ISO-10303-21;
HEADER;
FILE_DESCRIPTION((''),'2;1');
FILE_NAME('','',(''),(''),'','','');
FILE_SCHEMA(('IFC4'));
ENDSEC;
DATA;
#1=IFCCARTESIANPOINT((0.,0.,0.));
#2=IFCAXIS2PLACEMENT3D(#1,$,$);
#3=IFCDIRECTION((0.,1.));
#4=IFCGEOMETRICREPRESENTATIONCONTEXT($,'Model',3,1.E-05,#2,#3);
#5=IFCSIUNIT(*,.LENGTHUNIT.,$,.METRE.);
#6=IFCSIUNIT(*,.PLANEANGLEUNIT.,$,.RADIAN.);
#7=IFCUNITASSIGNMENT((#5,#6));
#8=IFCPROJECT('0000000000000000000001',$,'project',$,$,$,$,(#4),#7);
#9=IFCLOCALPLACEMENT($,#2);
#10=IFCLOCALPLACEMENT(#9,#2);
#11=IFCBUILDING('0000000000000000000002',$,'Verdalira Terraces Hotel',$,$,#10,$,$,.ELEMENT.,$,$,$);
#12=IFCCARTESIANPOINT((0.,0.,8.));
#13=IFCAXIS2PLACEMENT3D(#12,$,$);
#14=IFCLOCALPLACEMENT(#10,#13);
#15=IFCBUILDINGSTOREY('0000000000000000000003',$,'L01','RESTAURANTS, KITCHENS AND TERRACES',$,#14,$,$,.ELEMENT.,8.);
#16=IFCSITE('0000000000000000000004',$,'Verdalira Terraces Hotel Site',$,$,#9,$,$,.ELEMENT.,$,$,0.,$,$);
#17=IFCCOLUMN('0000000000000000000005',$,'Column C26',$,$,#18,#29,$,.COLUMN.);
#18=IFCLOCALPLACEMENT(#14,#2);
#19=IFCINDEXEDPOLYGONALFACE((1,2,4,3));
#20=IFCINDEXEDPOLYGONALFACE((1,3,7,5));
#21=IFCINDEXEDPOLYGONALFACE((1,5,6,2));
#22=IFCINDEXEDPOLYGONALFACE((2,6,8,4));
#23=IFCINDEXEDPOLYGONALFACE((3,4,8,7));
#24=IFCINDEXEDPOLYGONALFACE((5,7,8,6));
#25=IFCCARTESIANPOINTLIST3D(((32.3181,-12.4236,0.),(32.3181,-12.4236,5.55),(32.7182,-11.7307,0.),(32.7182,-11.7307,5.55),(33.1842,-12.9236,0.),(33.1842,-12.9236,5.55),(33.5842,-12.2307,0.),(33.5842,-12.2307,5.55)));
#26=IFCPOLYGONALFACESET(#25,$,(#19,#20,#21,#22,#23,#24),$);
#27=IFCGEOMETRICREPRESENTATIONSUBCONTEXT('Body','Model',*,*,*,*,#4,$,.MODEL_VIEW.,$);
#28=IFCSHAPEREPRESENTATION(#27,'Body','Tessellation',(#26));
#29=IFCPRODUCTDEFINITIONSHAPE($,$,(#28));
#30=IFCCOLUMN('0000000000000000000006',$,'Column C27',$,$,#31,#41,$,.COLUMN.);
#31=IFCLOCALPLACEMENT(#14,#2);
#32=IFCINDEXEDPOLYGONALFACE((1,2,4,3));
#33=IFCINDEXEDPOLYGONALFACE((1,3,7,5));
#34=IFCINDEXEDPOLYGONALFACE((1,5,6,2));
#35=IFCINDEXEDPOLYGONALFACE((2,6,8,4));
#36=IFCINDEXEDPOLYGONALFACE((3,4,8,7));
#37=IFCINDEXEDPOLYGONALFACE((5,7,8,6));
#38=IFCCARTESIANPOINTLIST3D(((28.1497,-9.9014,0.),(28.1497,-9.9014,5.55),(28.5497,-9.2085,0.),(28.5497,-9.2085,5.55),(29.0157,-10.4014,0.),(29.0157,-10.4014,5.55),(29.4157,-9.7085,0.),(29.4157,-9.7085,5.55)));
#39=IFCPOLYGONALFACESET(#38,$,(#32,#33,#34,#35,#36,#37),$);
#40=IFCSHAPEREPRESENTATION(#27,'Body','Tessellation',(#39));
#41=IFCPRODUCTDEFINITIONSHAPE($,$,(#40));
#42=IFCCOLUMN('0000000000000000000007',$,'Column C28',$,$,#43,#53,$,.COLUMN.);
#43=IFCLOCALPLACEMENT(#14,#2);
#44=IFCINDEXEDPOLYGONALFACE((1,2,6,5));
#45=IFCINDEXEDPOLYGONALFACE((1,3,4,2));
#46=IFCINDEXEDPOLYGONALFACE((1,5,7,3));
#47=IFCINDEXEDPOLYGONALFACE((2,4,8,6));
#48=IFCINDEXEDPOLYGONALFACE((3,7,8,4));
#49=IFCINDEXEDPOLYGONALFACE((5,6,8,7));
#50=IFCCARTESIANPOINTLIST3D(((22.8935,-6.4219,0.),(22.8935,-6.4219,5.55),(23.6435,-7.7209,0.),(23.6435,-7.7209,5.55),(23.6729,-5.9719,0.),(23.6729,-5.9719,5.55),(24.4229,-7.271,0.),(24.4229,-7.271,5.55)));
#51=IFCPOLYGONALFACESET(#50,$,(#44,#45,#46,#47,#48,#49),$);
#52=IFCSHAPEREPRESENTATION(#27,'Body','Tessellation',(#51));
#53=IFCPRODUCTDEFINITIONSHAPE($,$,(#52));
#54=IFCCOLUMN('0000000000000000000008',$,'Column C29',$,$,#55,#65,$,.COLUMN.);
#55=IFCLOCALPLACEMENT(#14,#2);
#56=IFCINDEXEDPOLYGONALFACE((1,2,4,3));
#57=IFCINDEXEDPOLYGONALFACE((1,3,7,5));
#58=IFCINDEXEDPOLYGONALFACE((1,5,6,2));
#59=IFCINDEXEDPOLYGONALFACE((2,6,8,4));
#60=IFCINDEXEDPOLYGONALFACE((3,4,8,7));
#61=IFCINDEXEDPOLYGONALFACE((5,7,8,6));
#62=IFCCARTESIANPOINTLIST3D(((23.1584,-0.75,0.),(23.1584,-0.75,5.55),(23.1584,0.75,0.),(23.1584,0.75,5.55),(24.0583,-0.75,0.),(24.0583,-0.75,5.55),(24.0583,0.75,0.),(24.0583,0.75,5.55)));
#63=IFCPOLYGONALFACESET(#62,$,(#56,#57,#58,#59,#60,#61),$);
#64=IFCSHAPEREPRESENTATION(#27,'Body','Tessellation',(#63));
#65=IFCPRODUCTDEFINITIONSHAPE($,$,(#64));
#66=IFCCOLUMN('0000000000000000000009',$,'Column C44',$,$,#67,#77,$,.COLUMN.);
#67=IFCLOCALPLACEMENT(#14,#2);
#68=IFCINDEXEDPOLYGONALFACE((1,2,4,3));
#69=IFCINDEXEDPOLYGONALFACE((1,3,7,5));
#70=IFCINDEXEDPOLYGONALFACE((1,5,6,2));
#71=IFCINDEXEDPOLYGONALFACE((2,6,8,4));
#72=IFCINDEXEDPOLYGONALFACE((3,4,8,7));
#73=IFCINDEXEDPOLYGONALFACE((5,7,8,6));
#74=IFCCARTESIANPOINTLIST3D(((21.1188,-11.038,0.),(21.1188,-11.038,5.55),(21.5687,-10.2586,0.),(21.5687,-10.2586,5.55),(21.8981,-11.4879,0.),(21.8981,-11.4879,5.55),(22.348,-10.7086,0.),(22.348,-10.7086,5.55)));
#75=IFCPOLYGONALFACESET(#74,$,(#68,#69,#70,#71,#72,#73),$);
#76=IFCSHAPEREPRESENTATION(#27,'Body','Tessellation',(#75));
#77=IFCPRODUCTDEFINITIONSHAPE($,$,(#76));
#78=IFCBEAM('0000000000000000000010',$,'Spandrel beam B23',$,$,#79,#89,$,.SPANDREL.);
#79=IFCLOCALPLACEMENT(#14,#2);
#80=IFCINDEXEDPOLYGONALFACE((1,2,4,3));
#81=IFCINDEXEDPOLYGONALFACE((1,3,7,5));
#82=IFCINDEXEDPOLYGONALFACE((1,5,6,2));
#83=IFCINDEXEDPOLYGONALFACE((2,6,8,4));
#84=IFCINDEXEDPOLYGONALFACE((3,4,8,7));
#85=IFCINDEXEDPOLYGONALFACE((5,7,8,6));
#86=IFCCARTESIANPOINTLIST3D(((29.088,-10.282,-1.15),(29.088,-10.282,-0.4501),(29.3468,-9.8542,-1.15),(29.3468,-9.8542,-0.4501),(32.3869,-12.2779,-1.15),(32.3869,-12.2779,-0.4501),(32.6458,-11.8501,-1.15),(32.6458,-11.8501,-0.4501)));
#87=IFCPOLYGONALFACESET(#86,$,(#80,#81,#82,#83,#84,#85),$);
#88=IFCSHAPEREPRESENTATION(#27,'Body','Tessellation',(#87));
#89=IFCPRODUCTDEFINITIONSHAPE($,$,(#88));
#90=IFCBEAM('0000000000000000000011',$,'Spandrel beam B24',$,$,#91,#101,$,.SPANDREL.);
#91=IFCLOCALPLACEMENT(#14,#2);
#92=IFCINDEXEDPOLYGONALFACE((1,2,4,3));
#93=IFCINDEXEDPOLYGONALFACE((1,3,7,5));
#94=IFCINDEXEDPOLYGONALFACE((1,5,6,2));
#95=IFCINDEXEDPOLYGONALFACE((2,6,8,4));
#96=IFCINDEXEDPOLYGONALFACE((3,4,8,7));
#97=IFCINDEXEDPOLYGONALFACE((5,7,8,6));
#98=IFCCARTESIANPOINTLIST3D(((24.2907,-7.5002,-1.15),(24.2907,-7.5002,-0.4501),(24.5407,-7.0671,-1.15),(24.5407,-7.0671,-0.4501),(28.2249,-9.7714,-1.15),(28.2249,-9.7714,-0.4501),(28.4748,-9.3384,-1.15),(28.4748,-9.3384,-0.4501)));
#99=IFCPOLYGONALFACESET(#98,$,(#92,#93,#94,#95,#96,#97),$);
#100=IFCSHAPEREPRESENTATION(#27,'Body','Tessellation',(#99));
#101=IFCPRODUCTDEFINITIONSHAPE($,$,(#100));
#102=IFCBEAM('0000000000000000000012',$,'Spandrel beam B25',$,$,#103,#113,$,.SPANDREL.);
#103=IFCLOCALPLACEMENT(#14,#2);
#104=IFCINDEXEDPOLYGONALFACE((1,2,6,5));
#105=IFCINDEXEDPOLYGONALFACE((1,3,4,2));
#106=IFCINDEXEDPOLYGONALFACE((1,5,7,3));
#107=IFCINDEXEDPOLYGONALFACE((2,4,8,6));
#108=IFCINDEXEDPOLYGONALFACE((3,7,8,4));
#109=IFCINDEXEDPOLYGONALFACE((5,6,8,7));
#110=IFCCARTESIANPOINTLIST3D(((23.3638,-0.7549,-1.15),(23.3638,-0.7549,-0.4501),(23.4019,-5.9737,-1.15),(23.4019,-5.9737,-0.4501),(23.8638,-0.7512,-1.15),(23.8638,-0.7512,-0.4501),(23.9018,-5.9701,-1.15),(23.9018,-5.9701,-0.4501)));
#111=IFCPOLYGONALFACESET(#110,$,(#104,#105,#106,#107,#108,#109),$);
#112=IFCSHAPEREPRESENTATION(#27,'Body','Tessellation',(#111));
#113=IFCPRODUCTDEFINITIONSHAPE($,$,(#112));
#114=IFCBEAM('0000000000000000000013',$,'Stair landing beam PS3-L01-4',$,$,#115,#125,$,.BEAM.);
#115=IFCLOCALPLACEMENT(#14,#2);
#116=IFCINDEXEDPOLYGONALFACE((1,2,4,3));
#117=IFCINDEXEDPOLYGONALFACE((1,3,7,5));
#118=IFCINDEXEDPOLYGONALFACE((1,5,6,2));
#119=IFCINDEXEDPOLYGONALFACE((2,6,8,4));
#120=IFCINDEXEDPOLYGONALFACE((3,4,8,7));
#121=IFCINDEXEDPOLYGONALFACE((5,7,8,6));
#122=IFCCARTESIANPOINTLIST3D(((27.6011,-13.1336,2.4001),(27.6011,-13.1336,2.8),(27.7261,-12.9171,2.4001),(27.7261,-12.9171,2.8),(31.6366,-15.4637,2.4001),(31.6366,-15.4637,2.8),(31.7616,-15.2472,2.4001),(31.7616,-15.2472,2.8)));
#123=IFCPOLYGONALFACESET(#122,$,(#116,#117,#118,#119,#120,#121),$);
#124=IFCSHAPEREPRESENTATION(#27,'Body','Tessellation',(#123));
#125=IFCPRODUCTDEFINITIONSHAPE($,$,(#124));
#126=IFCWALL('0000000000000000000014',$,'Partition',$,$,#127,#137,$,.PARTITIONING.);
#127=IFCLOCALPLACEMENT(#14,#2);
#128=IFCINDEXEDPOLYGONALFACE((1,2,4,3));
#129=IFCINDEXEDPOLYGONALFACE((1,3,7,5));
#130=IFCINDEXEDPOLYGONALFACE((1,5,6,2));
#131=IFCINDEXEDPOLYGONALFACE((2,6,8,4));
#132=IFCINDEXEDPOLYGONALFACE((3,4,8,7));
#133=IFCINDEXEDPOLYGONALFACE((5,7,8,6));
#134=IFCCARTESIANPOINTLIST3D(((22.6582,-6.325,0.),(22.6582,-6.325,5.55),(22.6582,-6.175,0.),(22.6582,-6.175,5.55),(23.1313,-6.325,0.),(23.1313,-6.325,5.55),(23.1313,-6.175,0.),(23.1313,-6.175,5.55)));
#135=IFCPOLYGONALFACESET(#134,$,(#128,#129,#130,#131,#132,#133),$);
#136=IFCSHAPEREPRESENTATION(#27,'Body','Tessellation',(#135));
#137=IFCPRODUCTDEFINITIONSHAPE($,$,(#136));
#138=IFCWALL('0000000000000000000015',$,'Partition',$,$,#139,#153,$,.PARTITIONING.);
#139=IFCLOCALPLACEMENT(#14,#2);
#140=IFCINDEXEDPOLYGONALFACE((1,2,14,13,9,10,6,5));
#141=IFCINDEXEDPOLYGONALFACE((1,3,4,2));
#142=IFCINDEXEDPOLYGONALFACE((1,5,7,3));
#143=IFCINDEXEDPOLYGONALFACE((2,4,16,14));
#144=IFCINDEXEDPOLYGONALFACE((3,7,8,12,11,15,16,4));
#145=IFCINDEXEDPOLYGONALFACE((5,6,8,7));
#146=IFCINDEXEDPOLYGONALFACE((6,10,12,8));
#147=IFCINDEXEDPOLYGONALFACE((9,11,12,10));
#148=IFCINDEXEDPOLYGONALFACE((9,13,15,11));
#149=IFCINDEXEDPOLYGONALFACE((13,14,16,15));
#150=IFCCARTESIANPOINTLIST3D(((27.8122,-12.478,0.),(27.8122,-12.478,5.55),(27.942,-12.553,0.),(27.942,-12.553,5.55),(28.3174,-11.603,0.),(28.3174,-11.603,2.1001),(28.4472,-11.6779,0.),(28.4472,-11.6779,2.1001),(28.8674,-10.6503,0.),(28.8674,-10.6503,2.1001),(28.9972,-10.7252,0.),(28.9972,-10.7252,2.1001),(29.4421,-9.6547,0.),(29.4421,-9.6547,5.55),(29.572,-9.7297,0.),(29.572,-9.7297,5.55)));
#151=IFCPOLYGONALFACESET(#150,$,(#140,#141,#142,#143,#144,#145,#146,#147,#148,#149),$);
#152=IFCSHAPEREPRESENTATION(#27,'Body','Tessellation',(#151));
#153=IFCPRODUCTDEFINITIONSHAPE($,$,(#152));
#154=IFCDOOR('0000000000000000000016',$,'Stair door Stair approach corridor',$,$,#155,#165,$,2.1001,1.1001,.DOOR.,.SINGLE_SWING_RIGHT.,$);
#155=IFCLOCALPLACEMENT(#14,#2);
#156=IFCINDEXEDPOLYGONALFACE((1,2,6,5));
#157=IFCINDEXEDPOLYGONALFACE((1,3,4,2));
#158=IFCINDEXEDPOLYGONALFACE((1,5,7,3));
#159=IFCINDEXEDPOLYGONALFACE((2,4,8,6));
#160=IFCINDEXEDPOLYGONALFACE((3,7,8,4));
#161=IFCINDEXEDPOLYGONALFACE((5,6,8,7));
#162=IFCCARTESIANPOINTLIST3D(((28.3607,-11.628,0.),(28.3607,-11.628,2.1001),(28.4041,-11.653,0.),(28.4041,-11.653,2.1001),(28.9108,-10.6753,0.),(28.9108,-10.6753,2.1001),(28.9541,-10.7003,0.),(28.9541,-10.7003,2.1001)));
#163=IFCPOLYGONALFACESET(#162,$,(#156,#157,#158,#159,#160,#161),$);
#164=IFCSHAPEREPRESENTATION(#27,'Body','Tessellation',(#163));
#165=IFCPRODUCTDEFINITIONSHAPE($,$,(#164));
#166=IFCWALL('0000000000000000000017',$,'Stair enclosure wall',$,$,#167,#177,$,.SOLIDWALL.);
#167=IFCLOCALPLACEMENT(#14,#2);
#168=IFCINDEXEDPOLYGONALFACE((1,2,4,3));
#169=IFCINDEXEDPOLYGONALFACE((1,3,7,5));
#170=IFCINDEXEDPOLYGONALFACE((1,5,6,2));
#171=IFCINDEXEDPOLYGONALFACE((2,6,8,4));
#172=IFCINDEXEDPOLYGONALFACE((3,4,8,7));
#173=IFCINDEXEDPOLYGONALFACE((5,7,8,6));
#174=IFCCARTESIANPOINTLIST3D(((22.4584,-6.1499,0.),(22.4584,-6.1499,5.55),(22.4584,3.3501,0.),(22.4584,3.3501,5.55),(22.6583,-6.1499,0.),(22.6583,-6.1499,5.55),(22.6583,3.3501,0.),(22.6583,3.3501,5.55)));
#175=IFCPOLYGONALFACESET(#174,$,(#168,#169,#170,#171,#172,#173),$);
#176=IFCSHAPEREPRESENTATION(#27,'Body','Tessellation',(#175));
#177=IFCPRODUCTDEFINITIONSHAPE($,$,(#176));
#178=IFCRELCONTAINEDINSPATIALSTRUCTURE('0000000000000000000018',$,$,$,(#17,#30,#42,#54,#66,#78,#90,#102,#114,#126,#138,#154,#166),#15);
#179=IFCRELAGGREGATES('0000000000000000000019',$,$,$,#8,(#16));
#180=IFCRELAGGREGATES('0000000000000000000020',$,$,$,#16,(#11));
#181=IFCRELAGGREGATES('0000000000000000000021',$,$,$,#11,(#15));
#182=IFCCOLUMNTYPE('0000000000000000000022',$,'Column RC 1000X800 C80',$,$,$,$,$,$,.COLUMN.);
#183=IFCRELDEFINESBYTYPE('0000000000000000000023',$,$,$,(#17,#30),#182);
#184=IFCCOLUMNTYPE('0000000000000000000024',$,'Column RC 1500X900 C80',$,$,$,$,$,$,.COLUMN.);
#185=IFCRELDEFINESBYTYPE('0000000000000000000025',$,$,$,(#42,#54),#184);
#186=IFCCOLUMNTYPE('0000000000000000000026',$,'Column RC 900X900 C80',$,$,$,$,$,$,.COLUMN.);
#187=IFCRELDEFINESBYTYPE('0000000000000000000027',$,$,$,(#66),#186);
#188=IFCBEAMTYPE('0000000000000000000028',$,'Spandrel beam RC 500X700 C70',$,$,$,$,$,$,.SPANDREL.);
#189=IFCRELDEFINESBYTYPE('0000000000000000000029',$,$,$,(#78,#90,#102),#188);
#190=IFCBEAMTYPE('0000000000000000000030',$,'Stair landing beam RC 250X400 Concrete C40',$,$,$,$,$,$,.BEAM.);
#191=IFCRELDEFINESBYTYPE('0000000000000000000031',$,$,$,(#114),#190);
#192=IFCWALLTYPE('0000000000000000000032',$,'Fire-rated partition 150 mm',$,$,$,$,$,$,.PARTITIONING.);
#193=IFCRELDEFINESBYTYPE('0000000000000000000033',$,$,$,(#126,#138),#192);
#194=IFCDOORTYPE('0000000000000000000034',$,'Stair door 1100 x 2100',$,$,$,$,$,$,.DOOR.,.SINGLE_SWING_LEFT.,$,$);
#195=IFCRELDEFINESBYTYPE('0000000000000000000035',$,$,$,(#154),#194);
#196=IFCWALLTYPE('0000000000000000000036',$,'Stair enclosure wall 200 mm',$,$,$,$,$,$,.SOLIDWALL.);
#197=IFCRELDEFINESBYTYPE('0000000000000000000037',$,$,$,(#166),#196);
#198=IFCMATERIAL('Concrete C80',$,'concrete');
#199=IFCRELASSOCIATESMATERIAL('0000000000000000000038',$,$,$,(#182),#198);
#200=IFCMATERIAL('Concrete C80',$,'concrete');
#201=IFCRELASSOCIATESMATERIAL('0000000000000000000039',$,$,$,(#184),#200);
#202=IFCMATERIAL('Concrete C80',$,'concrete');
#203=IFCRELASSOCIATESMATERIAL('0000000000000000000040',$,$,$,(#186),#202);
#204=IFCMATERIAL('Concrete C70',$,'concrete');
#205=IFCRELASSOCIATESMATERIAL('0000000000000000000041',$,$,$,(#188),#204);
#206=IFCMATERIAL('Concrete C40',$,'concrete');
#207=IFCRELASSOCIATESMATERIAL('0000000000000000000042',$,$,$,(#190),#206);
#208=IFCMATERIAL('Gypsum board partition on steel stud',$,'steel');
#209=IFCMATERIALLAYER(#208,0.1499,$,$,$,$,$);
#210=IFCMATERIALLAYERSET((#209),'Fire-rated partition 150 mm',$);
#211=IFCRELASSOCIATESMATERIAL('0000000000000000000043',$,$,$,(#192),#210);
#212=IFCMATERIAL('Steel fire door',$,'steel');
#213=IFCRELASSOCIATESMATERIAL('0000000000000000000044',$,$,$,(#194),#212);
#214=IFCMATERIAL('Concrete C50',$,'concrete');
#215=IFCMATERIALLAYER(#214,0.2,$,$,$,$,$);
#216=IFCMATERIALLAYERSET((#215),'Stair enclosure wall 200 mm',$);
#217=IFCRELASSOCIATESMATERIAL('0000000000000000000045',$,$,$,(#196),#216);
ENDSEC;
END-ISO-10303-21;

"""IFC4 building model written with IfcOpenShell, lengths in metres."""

from ifc_helpers import new_model, si_unit, direction, frame, frame_2d, origin, origin_2d, place, context, subcontext, project, spatial, rectangle, extrude, material, layer, layer_set, material_profile, profile_set, type_object, element, fill, save


model = new_model("IFC4")

# Units and contexts
model_context = context("Model", 3, precision=1e-05, world=origin(), true_north=direction((0.0, 1.0)))
body_context = subcontext(model_context, "Body", "Model", "MODEL_VIEW")
ifc_project = project(units=[si_unit("LENGTHUNIT", "METRE"), si_unit("PLANEANGLEUNIT", "RADIAN")], contexts=[model_context])

# Site, building, storey
site_placement = place(None, origin())
site = spatial("IfcSite", under=ifc_project, at=site_placement, Name="Verdalira Terraces Hotel Site", CompositionType="ELEMENT", RefElevation=0.0)
building_placement = place(site_placement, origin())
building = spatial("IfcBuilding", under=site, at=building_placement, Name="Verdalira Terraces Hotel", CompositionType="ELEMENT")
storey_placement = place(building_placement, frame((0.0, 0.0, 8.0)))
storey = spatial("IfcBuildingStorey", under=building, at=storey_placement, Name="L01", Description="RESTAURANTS, KITCHENS AND TERRACES", CompositionType="ELEMENT", Elevation=8.0)

# Columns
ifc_material_1 = material(Name="Concrete C80", Category="concrete")
ifc_material_profile_1 = material_profile(ifc_material_1, rectangle(XDim=1.0, YDim=0.8, at=origin_2d()), Name="RC 1000X800")
ifc_profile_set_1 = profile_set([ifc_material_profile_1], Name="Concrete C80")
column_type_1 = type_object("IfcColumnType", Name="Column RC 1000X800 C80", PredefinedType="COLUMN", material=ifc_profile_set_1)
for number, where, z_axis, x_axis, name in (
    (1, (32.9512, -12.3271, 0.0), (0.0, 0.0, 1.0), (-0.866025, 0.5, 0.0), "Column C26"),
    (2, (28.7827, -9.8049, 0.0), (0.0, 0.0, 1.0), (-0.866025, 0.5, 0.0), "Column C27"),
):
    element("IfcColumn", number, at=place(storey_placement, frame(where, z_axis=z_axis, x_axis=x_axis)), inside=storey, type_object=column_type_1, Name=name, PredefinedType="COLUMN", context=body_context, shape_type="SweptSolid", body=[
        extrude(rectangle(XDim=1.0, YDim=0.8, at=origin_2d()), origin(), (0.0, 0.0, 1.0), 5.55),
    ])
ifc_material_2 = material(Name="Concrete C80", Category="concrete")
ifc_material_profile_2 = material_profile(ifc_material_2, rectangle(XDim=1.5, YDim=0.8999, at=origin_2d()), Name="RC 1500X900")
ifc_profile_set_2 = profile_set([ifc_material_profile_2], Name="Concrete C80")
column_type_2 = type_object("IfcColumnType", Name="Column RC 1500X900 C80", PredefinedType="COLUMN", material=ifc_profile_set_2)
for number, where, z_axis, x_axis, name in (
    (3, (23.6582, -6.8464, 0.0), (0.0, 0.0, 1.0), (0.5, -0.866025, 0.0), "Column C28"),
    (4, (23.6084, 0.0, 0.0), (0.0, 0.0, 1.0), (0.0, 1.0, 0.0), "Column C29"),
):
    element("IfcColumn", number, at=place(storey_placement, frame(where, z_axis=z_axis, x_axis=x_axis)), inside=storey, type_object=column_type_2, Name=name, PredefinedType="COLUMN", context=body_context, shape_type="SweptSolid", body=[
        extrude(rectangle(XDim=1.5, YDim=0.8999, at=origin_2d()), origin(), (0.0, 0.0, 1.0), 5.55),
    ])
ifc_material_3 = material(Name="Concrete C80", Category="concrete")
ifc_material_profile_3 = material_profile(ifc_material_3, rectangle(XDim=0.8999, YDim=0.8999, at=origin_2d()), Name="RC 900X900")
ifc_profile_set_3 = profile_set([ifc_material_profile_3], Name="Concrete C80")
column_type_3 = type_object("IfcColumnType", Name="Column RC 900X900 C80", PredefinedType="COLUMN", material=ifc_profile_set_3)
column_placement = place(storey_placement, frame((21.7334, -10.8733, 0.0), z_axis=(0.0, 0.0, 1.0), x_axis=(0.866025, -0.5, 0.0)))
element("IfcColumn", 5, at=column_placement, inside=storey, type_object=column_type_3, Name="Column C44", PredefinedType="COLUMN", context=body_context, shape_type="SweptSolid", body=[
    extrude(rectangle(XDim=0.8999, YDim=0.8999, at=origin_2d()), origin(), (0.0, 0.0, 1.0), 5.55),
])

# Beams
ifc_material_4 = material(Name="Concrete C70", Category="concrete")
ifc_material_profile_4 = material_profile(ifc_material_4, rectangle(XDim=0.5, YDim=0.7, at=origin_2d()), Name="RC 500X700")
ifc_profile_set_4 = profile_set([ifc_material_profile_4], Name="Concrete C70")
beam_type_1 = type_object("IfcBeamType", Name="Spandrel beam RC 500X700 C70", PredefinedType="SPANDREL", material=ifc_profile_set_4)
beam_1_placement = place(storey_placement, frame((32.5164, -12.064, -0.8), z_axis=(-0.855593, 0.517649, 0.0), x_axis=(-0.517649, -0.855593, 0.0)))
element("IfcBeam", 6, at=beam_1_placement, inside=storey, type_object=beam_type_1, Name="Spandrel beam B23", PredefinedType="SPANDREL", context=body_context, shape_type="SweptSolid", body=[
    extrude(rectangle(XDim=0.5, YDim=0.7, at=origin_2d()), origin(), (0.0, 0.0, 1.0), 3.8557),
])
beam_2_placement = place(storey_placement, frame((28.3499, -9.5549, -0.8), z_axis=(-0.866035, 0.499983, 0.0), x_axis=(-0.499983, -0.866035, 0.0)))
element("IfcBeam", 7, at=beam_2_placement, inside=storey, type_object=beam_type_1, Name="Spandrel beam B24", PredefinedType="SPANDREL", context=body_context, shape_type="SweptSolid", body=[
    extrude(rectangle(XDim=0.5, YDim=0.7, at=origin_2d()), origin(), (0.0, 0.0, 1.0), 4.5427),
])
beam_3_placement = place(storey_placement, frame((23.6519, -5.9719, -0.8), z_axis=(-0.007298, 0.999973, 0.0), x_axis=(-0.999973, -0.007298, 0.0)))
element("IfcBeam", 8, at=beam_3_placement, inside=storey, type_object=beam_type_1, Name="Spandrel beam B25", PredefinedType="SPANDREL", context=body_context, shape_type="SweptSolid", body=[
    extrude(rectangle(XDim=0.5, YDim=0.7, at=origin_2d()), origin(), (0.0, 0.0, 1.0), 5.219),
])
ifc_material_5 = material(Name="Concrete C40", Category="concrete")
ifc_material_profile_5 = material_profile(ifc_material_5, rectangle(XDim=0.25, YDim=0.3999, at=origin_2d()), Name="RC 250X400")
ifc_profile_set_5 = profile_set([ifc_material_profile_5], Name="Concrete C40")
beam_type_2 = type_object("IfcBeamType", Name="Stair landing beam RC 250X400 Concrete C40", PredefinedType="BEAM", material=ifc_profile_set_5)
beam_4_placement = place(storey_placement, frame((27.6636, -13.0254, 2.6001), z_axis=(0.866016, -0.500016, 0.0), x_axis=(0.500016, 0.866016, 0.0)))
element("IfcBeam", 9, at=beam_4_placement, inside=storey, type_object=beam_type_2, Name="Stair landing beam PS3-L01-4", PredefinedType="BEAM", context=body_context, shape_type="SweptSolid", body=[
    extrude(rectangle(XDim=0.25, YDim=0.3999, at=origin_2d()), origin(), (0.0, 0.0, 1.0), 4.6599),
])

# Wall
ifc_material_6 = material(Name="Gypsum board partition on steel stud", Category="steel")
ifc_layer_1 = layer(ifc_material_6, 0.1499)
ifc_layer_set_1 = layer_set([ifc_layer_1], Name="Fire-rated partition 150 mm")
wall_type_1 = type_object("IfcWallType", Name="Fire-rated partition 150 mm", PredefinedType="PARTITIONING", material=ifc_layer_set_1)
wall_1_placement = place(storey_placement, frame((22.6582, -6.25, 0.0), z_axis=(0.0, 0.0, 1.0), x_axis=(1.0, 0.0, 0.0)))
element("IfcWall", 10, at=wall_1_placement, inside=storey, type_object=wall_type_1, Name="Partition", PredefinedType="PARTITIONING", context=body_context, shape_type="SweptSolid", body=[
    extrude(rectangle(XDim=0.4731, YDim=0.1499, at=frame_2d((0.2366, 0.0))), origin(), (0.0, 0.0, 1.0), 5.55),
])

# Wall, opening, door
wall_2_placement = place(storey_placement, frame((27.8772, -12.5154, 0.0), z_axis=(0.0, 0.0, 1.0), x_axis=(0.499973, 0.866041, 0.0)))
wall_2 = element("IfcWall", 11, at=wall_2_placement, inside=storey, type_object=wall_type_1, Name="Partition", PredefinedType="PARTITIONING", context=body_context, shape_type="SweptSolid", body=[
    extrude(rectangle(XDim=3.26, YDim=0.1499, at=frame_2d((1.6299, 0.0))), origin(), (0.0, 0.0, 1.0), 5.55),
])
opening_1_placement = place(wall_2_placement, frame((1.0103, 0.0, 0.0)))
opening_1 = element("IfcOpeningElement", 12, at=opening_1_placement, cuts=wall_2, PredefinedType="OPENING", context=body_context, shape_type="SweptSolid", body=[
    extrude(rectangle(XDim=1.1001, YDim=2.1001, at=frame_2d((0.55, 1.05))), frame((0.0, 0.085, 0.0), z_axis=(0.0, -1.0, 0.0), x_axis=(1.0, 0.0, 0.0)), (0.0, 0.0, 1.0), 0.1699),
])
ifc_material_7 = material(Name="Steel fire door", Category="steel")
door_type = type_object("IfcDoorType", Name="Stair door 1100 x 2100", OperationType="SINGLE_SWING_LEFT", PredefinedType="DOOR", material=ifc_material_7)
door_1_placement = place(opening_1_placement, origin())
door_1 = element("IfcDoor", 13, at=door_1_placement, inside=storey, type_object=door_type, Name="Stair door Stair approach corridor", OperationType="SINGLE_SWING_RIGHT", OverallHeight=2.1001, OverallWidth=1.1001, PredefinedType="DOOR", context=body_context, shape_type="SweptSolid", body=[
    extrude(rectangle(XDim=1.1001, YDim=2.1001, at=frame_2d((0.55, 1.05))), frame((0.0, 0.0249, 0.0), z_axis=(0.0, -1.0, 0.0), x_axis=(1.0, 0.0, 0.0)), (0.0, 0.0, 1.0), 0.05),
])
fill(opening_1, door_1)

# Wall
ifc_material_8 = material(Name="Concrete C50", Category="concrete")
ifc_layer_2 = layer(ifc_material_8, 0.2)
ifc_layer_set_2 = layer_set([ifc_layer_2], Name="Stair enclosure wall 200 mm")
wall_type_2 = type_object("IfcWallType", Name="Stair enclosure wall 200 mm", PredefinedType="SOLIDWALL", material=ifc_layer_set_2)
wall_3_placement = place(storey_placement, frame((22.5584, -6.1499, 0.0), z_axis=(0.0, 0.0, 1.0), x_axis=(0.0, 1.0, 0.0)))
element("IfcWall", 14, at=wall_3_placement, inside=storey, type_object=wall_type_2, Name="Stair enclosure wall", PredefinedType="SOLIDWALL", context=body_context, shape_type="SweptSolid", body=[
    extrude(rectangle(XDim=9.5, YDim=0.2, at=frame_2d((4.75, 0.0))), origin(), (0.0, 0.0, 1.0), 5.55),
])

save(model, "model.ifc")
